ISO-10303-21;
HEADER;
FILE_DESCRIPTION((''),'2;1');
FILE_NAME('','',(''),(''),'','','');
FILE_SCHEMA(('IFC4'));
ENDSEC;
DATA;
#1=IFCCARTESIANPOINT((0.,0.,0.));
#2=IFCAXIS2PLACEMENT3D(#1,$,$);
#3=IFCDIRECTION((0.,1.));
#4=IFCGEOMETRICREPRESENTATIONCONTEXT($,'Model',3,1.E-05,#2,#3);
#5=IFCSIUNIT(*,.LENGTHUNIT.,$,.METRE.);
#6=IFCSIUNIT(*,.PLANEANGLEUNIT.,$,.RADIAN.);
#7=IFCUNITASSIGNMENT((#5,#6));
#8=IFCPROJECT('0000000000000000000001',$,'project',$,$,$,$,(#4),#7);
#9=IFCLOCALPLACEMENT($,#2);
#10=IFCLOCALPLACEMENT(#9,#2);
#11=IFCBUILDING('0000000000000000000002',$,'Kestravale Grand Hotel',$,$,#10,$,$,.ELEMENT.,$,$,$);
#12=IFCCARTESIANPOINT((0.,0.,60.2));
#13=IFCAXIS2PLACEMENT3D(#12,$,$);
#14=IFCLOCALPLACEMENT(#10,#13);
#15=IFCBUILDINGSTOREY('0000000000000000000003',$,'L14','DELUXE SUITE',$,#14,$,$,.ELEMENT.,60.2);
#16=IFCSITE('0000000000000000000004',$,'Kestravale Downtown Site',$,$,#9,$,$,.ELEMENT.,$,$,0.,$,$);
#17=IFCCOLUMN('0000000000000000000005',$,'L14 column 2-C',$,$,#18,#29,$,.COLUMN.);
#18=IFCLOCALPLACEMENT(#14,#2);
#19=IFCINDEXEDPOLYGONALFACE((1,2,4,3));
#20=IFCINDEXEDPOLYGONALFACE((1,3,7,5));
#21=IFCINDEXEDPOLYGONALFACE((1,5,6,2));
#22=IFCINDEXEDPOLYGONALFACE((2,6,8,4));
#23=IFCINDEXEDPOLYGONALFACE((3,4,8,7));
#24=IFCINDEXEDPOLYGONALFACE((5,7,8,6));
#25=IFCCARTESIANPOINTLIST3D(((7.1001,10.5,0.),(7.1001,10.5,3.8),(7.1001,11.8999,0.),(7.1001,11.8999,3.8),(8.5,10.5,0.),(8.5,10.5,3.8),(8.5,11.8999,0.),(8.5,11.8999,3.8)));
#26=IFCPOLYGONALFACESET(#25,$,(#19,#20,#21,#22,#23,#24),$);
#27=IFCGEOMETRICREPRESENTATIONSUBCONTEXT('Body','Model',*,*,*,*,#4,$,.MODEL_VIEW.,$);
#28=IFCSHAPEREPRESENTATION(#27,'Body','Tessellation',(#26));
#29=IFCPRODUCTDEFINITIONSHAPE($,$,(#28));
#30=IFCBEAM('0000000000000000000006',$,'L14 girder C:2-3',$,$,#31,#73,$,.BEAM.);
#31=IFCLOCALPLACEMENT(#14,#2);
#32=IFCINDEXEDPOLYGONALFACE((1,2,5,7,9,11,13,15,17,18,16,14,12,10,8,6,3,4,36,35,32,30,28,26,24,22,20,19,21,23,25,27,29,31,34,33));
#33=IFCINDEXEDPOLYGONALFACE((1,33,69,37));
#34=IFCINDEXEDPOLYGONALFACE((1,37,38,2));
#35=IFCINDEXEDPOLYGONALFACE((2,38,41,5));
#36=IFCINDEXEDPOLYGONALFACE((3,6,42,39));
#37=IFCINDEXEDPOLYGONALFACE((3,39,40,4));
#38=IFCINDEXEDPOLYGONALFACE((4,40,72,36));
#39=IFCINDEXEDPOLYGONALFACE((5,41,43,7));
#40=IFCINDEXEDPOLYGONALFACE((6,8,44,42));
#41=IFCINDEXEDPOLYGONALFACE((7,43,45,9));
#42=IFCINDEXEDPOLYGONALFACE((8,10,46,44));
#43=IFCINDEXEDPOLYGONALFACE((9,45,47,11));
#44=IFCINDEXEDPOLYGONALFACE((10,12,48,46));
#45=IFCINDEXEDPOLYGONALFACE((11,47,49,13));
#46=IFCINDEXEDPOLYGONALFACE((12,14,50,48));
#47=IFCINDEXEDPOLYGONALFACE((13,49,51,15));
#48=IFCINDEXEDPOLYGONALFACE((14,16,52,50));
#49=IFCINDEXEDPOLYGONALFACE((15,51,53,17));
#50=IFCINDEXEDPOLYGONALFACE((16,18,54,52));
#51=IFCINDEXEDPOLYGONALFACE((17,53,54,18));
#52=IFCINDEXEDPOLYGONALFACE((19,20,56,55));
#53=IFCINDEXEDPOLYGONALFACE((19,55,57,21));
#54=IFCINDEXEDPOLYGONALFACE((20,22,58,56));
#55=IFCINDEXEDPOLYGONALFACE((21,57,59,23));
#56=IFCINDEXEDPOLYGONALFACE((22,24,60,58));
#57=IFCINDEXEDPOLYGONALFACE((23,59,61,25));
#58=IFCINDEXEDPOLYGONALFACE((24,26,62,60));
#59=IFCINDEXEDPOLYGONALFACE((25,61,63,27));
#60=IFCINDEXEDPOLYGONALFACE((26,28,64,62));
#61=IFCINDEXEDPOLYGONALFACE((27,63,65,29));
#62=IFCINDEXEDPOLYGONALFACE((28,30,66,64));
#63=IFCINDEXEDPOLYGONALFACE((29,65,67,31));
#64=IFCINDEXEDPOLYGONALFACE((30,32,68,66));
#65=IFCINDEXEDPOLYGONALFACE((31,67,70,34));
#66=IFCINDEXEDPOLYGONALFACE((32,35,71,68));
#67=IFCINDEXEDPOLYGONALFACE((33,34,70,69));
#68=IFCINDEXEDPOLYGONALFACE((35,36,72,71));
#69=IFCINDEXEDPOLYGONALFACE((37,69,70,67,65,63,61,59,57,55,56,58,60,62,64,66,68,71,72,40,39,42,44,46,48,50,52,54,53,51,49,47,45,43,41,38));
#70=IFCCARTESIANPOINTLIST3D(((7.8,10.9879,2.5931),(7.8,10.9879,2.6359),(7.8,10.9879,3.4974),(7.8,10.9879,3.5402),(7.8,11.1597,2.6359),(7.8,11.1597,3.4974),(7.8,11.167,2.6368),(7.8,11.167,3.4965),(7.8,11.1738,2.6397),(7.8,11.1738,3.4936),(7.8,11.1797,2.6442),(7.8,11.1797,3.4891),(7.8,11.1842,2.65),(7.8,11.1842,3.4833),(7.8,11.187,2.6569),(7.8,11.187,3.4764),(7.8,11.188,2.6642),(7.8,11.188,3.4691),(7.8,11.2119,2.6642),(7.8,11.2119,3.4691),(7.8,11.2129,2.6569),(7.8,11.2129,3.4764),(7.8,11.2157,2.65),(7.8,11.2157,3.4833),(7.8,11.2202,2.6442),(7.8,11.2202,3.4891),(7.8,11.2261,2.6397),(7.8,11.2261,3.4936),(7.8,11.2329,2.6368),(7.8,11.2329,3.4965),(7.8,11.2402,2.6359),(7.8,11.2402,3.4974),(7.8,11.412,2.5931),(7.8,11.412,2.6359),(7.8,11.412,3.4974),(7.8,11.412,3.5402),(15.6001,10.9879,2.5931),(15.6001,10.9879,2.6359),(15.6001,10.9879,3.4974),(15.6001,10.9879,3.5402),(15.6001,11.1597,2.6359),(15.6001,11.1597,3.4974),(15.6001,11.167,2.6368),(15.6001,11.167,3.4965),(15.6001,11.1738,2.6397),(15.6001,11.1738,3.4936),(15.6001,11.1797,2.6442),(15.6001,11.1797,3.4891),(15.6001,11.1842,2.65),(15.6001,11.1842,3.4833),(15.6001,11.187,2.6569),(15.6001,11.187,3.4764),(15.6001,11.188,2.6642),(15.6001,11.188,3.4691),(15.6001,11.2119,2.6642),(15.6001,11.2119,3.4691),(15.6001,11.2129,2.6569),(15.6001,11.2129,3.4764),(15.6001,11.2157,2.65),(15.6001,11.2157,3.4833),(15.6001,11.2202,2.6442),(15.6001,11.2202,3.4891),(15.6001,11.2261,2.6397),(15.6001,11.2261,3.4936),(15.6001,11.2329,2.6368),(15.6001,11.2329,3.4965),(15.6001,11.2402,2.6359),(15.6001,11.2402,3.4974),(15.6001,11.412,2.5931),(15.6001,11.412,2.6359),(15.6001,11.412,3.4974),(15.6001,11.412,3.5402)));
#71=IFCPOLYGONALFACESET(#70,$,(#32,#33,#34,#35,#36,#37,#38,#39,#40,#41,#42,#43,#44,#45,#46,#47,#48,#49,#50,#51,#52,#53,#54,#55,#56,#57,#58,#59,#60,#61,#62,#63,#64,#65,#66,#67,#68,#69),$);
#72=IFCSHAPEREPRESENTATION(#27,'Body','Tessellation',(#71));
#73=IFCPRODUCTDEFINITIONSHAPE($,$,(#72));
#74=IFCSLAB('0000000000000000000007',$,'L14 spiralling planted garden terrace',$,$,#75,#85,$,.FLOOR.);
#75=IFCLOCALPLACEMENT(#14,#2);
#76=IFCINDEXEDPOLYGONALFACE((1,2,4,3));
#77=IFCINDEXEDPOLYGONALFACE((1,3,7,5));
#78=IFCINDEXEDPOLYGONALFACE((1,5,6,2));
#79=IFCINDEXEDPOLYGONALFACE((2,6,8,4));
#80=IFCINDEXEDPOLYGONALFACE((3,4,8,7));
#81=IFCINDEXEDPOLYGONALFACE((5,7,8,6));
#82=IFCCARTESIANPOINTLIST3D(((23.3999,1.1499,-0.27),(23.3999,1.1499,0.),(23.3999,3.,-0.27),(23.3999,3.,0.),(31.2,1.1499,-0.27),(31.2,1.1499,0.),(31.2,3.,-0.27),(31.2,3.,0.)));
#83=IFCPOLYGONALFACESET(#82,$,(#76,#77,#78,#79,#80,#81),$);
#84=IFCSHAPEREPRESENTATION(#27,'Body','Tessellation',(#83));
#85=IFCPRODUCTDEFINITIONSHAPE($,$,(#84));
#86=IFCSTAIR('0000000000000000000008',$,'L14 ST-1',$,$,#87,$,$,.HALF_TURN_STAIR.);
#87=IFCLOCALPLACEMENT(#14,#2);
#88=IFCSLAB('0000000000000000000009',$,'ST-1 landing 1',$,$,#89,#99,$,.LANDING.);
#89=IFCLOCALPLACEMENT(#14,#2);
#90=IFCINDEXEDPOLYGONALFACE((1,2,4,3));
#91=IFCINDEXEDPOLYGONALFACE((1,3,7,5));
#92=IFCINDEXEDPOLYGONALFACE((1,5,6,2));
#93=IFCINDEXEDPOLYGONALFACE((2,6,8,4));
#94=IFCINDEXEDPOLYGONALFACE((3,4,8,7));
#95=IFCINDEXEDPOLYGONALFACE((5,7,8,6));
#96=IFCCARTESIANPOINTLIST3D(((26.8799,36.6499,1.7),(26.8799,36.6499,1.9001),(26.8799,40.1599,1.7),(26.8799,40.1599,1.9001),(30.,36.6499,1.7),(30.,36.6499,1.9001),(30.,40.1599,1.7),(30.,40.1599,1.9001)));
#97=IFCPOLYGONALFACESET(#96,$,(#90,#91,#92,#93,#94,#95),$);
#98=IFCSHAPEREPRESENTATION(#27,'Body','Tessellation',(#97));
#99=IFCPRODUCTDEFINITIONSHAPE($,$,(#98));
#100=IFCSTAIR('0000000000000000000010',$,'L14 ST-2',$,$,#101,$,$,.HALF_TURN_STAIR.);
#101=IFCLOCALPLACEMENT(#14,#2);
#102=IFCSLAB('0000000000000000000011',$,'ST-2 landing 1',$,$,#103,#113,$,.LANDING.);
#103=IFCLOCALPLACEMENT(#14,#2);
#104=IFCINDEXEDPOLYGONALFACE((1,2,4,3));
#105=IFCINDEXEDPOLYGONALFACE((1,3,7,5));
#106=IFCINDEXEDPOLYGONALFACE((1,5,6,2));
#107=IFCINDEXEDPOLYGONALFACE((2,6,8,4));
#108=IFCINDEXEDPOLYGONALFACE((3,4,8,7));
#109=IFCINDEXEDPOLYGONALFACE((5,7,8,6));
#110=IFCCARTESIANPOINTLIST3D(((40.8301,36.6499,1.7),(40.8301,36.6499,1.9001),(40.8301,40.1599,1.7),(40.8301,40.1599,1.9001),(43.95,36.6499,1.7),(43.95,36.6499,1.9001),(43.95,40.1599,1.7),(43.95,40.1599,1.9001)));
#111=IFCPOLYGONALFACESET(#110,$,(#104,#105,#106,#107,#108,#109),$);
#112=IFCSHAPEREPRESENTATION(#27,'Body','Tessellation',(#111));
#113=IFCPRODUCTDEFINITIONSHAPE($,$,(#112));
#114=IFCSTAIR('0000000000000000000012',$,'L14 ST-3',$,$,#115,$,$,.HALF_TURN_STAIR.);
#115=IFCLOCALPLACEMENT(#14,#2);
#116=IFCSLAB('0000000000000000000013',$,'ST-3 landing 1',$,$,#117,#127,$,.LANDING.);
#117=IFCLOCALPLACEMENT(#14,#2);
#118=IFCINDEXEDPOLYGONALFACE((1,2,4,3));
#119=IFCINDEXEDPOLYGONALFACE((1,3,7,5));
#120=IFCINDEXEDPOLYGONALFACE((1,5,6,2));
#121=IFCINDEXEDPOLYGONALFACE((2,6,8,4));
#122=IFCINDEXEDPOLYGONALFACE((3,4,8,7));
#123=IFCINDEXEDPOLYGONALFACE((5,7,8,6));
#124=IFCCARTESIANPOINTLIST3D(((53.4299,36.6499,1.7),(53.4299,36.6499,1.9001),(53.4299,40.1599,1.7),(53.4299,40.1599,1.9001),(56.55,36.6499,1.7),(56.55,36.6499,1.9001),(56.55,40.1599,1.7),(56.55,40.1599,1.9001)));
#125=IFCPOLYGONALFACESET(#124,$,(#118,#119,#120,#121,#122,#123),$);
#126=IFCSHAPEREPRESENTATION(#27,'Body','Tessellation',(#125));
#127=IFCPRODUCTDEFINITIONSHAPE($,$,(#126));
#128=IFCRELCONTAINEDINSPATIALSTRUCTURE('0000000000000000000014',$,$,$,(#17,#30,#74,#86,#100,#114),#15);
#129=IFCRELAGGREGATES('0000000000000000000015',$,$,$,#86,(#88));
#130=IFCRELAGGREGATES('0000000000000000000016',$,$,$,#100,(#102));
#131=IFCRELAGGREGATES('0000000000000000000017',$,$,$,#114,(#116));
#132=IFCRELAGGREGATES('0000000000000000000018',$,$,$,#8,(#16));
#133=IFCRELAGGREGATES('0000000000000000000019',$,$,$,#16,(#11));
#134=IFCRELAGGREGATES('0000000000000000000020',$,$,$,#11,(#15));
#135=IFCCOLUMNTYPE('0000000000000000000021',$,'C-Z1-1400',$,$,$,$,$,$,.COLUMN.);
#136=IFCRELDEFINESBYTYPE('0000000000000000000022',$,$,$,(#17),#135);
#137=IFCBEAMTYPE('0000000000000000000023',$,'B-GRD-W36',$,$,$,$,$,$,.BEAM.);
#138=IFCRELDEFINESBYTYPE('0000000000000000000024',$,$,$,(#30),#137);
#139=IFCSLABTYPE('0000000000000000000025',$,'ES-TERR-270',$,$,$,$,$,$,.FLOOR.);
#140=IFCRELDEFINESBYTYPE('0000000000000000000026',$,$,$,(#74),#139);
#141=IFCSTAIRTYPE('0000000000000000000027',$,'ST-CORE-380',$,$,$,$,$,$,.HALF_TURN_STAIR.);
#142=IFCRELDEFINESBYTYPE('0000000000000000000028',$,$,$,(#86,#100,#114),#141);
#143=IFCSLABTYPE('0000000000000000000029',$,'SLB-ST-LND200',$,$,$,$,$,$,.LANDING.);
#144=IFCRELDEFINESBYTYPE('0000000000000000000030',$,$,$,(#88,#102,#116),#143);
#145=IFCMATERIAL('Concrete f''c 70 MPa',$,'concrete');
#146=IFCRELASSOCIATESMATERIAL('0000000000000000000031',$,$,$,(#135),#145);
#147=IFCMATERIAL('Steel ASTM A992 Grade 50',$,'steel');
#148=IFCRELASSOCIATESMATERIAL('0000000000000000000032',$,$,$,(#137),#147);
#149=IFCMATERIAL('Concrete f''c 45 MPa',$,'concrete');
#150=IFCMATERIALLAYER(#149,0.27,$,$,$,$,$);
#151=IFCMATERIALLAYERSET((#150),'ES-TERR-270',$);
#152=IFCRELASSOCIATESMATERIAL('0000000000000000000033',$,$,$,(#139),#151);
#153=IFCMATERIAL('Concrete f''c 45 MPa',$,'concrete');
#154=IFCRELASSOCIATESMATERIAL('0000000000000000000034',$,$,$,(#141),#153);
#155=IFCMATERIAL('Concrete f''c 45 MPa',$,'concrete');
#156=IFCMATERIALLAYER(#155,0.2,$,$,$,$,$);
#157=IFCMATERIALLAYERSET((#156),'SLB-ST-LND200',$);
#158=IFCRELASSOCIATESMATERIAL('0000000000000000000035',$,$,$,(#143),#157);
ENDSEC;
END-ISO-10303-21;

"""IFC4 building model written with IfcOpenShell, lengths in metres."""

from ifc_helpers import new_model, si_unit, direction, frame, origin, origin_2d, place, context, subcontext, project, spatial, polyline, rectangle, i_section, outline, extrude, material, layer, layer_set, material_profile, profile_set, type_object, element, aggregate, save


model = new_model("IFC4")

# Units and contexts
model_context = context("Model", 3, precision=1e-05, world=origin(), true_north=direction((0.0, 1.0)))
body_context = subcontext(model_context, "Body", "Model", "MODEL_VIEW")
ifc_project = project(units=[si_unit("LENGTHUNIT", "METRE"), si_unit("PLANEANGLEUNIT", "RADIAN")], contexts=[model_context])

# Site, building, storey
site_placement = place(None, origin())
site = spatial("IfcSite", under=ifc_project, at=site_placement, Name="Kestravale Downtown Site", CompositionType="ELEMENT", RefElevation=0.0)
building_placement = place(site_placement, origin())
building = spatial("IfcBuilding", under=site, at=building_placement, Name="Kestravale Grand Hotel", CompositionType="ELEMENT")
storey_placement = place(building_placement, frame((0.0, 0.0, 60.2)))
storey = spatial("IfcBuildingStorey", under=building, at=storey_placement, Name="L14", Description="DELUXE SUITE", CompositionType="ELEMENT", Elevation=60.2)

# Column
ifc_material_1 = material(Name="Concrete f'c 70 MPa", Category="concrete")
ifc_material_profile_1 = material_profile(ifc_material_1, rectangle(XDim=1.3999, YDim=1.3999, at=origin_2d()))
ifc_profile_set_1 = profile_set([ifc_material_profile_1], Name="Concrete f'c 70 MPa")
column_type = type_object("IfcColumnType", Name="C-Z1-1400", PredefinedType="COLUMN", material=ifc_profile_set_1)
column_placement = place(storey_placement, frame((7.8, 11.2, 0.0), z_axis=(0.0, 0.0, 1.0), x_axis=(1.0, 0.0, 0.0)))
element("IfcColumn", 1, at=column_placement, inside=storey, type_object=column_type, Name="L14 column 2-C", PredefinedType="COLUMN", context=body_context, shape_type="SweptSolid", body=[
    extrude(rectangle(XDim=1.3999, YDim=1.3999, at=origin_2d()), origin(), (0.0, 0.0, 1.0), 3.8),
])

# Beam
ifc_material_2 = material(Name="Steel ASTM A992 Grade 50", Category="steel")
ifc_material_profile_2 = material_profile(ifc_material_2, i_section(OverallWidth=0.4241, OverallDepth=0.947, WebThickness=0.0239, FlangeThickness=0.0427, FilletRadius=0.0283, at=origin_2d()))
ifc_profile_set_2 = profile_set([ifc_material_profile_2], Name="Steel ASTM A992 Grade 50")
beam_type = type_object("IfcBeamType", Name="B-GRD-W36", PredefinedType="BEAM", material=ifc_profile_set_2)
beam_placement = place(storey_placement, frame((7.8, 11.2, 3.0667), z_axis=(1.0, 0.0, 0.0), x_axis=(0.0, 1.0, 0.0)))
element("IfcBeam", 2, at=beam_placement, inside=storey, type_object=beam_type, Name="L14 girder C:2-3", PredefinedType="BEAM", context=body_context, shape_type="SweptSolid", body=[
    extrude(i_section(OverallWidth=0.4241, OverallDepth=0.947, WebThickness=0.0239, FlangeThickness=0.0427, FilletRadius=0.0283, at=origin_2d()), origin(), (0.0, 0.0, 1.0), 7.8),
])

# Slab
ifc_material_3 = material(Name="Concrete f'c 45 MPa", Category="concrete")
ifc_layer_1 = layer(ifc_material_3, 0.27)
ifc_layer_set_1 = layer_set([ifc_layer_1], Name="ES-TERR-270")
slab_type_1 = type_object("IfcSlabType", Name="ES-TERR-270", PredefinedType="FLOOR", material=ifc_layer_set_1)
slab_1_placement = place(storey_placement, frame((0.0, 0.0, -0.27)))
element("IfcSlab", 3, at=slab_1_placement, inside=storey, type_object=slab_type_1, Name="L14 spiralling planted garden terrace", PredefinedType="FLOOR", context=body_context, shape_type="SweptSolid", body=[
    extrude(outline(polyline([(23.3999, 1.1499), (31.2, 1.1499), (31.2, 3.0), (23.3999, 3.0), (23.3999, 1.1499)])), origin(), (0.0, 0.0, 1.0), 0.27),
])

# Stairs, slabs
ifc_material_4 = material(Name="Concrete f'c 45 MPa", Category="concrete")
stair_type = type_object("IfcStairType", Name="ST-CORE-380", PredefinedType="HALF_TURN_STAIR", material=ifc_material_4)
stair_1_placement = place(storey_placement, origin())
stair_1 = element("IfcStair", 4, at=stair_1_placement, inside=storey, type_object=stair_type, Name="L14 ST-1", PredefinedType="HALF_TURN_STAIR")
ifc_material_5 = material(Name="Concrete f'c 45 MPa", Category="concrete")
ifc_layer_2 = layer(ifc_material_5, 0.2)
ifc_layer_set_2 = layer_set([ifc_layer_2], Name="SLB-ST-LND200")
slab_type_2 = type_object("IfcSlabType", Name="SLB-ST-LND200", PredefinedType="LANDING", material=ifc_layer_set_2)
slab_2_placement = place(storey_placement, frame((0.0, 0.0, 1.7)))
slab_2 = element("IfcSlab", 5, at=slab_2_placement, type_object=slab_type_2, Name="ST-1 landing 1", PredefinedType="LANDING", context=body_context, shape_type="SweptSolid", body=[
    extrude(outline(polyline([(26.8799, 36.6499), (30.0, 36.6499), (30.0, 40.1599), (26.8799, 40.1599), (26.8799, 36.6499)])), origin(), (0.0, 0.0, 1.0), 0.2002),
])
aggregate(stair_1, [slab_2])
stair_2_placement = place(storey_placement, origin())
stair_2 = element("IfcStair", 6, at=stair_2_placement, inside=storey, type_object=stair_type, Name="L14 ST-2", PredefinedType="HALF_TURN_STAIR")
slab_3_placement = place(storey_placement, frame((0.0, 0.0, 1.7)))
slab_3 = element("IfcSlab", 7, at=slab_3_placement, type_object=slab_type_2, Name="ST-2 landing 1", PredefinedType="LANDING", context=body_context, shape_type="SweptSolid", body=[
    extrude(outline(polyline([(40.8301, 36.6499), (43.95, 36.6499), (43.95, 40.1599), (40.8301, 40.1599), (40.8301, 36.6499)])), origin(), (0.0, 0.0, 1.0), 0.2002),
])
aggregate(stair_2, [slab_3])
stair_3_placement = place(storey_placement, origin())
stair_3 = element("IfcStair", 8, at=stair_3_placement, inside=storey, type_object=stair_type, Name="L14 ST-3", PredefinedType="HALF_TURN_STAIR")
slab_4_placement = place(storey_placement, frame((0.0, 0.0, 1.7)))
slab_4 = element("IfcSlab", 9, at=slab_4_placement, type_object=slab_type_2, Name="ST-3 landing 1", PredefinedType="LANDING", context=body_context, shape_type="SweptSolid", body=[
    extrude(outline(polyline([(53.4299, 36.6499), (56.55, 36.6499), (56.55, 40.1599), (53.4299, 40.1599), (53.4299, 36.6499)])), origin(), (0.0, 0.0, 1.0), 0.2002),
])
aggregate(stair_3, [slab_4])

save(model, "model.ifc")
